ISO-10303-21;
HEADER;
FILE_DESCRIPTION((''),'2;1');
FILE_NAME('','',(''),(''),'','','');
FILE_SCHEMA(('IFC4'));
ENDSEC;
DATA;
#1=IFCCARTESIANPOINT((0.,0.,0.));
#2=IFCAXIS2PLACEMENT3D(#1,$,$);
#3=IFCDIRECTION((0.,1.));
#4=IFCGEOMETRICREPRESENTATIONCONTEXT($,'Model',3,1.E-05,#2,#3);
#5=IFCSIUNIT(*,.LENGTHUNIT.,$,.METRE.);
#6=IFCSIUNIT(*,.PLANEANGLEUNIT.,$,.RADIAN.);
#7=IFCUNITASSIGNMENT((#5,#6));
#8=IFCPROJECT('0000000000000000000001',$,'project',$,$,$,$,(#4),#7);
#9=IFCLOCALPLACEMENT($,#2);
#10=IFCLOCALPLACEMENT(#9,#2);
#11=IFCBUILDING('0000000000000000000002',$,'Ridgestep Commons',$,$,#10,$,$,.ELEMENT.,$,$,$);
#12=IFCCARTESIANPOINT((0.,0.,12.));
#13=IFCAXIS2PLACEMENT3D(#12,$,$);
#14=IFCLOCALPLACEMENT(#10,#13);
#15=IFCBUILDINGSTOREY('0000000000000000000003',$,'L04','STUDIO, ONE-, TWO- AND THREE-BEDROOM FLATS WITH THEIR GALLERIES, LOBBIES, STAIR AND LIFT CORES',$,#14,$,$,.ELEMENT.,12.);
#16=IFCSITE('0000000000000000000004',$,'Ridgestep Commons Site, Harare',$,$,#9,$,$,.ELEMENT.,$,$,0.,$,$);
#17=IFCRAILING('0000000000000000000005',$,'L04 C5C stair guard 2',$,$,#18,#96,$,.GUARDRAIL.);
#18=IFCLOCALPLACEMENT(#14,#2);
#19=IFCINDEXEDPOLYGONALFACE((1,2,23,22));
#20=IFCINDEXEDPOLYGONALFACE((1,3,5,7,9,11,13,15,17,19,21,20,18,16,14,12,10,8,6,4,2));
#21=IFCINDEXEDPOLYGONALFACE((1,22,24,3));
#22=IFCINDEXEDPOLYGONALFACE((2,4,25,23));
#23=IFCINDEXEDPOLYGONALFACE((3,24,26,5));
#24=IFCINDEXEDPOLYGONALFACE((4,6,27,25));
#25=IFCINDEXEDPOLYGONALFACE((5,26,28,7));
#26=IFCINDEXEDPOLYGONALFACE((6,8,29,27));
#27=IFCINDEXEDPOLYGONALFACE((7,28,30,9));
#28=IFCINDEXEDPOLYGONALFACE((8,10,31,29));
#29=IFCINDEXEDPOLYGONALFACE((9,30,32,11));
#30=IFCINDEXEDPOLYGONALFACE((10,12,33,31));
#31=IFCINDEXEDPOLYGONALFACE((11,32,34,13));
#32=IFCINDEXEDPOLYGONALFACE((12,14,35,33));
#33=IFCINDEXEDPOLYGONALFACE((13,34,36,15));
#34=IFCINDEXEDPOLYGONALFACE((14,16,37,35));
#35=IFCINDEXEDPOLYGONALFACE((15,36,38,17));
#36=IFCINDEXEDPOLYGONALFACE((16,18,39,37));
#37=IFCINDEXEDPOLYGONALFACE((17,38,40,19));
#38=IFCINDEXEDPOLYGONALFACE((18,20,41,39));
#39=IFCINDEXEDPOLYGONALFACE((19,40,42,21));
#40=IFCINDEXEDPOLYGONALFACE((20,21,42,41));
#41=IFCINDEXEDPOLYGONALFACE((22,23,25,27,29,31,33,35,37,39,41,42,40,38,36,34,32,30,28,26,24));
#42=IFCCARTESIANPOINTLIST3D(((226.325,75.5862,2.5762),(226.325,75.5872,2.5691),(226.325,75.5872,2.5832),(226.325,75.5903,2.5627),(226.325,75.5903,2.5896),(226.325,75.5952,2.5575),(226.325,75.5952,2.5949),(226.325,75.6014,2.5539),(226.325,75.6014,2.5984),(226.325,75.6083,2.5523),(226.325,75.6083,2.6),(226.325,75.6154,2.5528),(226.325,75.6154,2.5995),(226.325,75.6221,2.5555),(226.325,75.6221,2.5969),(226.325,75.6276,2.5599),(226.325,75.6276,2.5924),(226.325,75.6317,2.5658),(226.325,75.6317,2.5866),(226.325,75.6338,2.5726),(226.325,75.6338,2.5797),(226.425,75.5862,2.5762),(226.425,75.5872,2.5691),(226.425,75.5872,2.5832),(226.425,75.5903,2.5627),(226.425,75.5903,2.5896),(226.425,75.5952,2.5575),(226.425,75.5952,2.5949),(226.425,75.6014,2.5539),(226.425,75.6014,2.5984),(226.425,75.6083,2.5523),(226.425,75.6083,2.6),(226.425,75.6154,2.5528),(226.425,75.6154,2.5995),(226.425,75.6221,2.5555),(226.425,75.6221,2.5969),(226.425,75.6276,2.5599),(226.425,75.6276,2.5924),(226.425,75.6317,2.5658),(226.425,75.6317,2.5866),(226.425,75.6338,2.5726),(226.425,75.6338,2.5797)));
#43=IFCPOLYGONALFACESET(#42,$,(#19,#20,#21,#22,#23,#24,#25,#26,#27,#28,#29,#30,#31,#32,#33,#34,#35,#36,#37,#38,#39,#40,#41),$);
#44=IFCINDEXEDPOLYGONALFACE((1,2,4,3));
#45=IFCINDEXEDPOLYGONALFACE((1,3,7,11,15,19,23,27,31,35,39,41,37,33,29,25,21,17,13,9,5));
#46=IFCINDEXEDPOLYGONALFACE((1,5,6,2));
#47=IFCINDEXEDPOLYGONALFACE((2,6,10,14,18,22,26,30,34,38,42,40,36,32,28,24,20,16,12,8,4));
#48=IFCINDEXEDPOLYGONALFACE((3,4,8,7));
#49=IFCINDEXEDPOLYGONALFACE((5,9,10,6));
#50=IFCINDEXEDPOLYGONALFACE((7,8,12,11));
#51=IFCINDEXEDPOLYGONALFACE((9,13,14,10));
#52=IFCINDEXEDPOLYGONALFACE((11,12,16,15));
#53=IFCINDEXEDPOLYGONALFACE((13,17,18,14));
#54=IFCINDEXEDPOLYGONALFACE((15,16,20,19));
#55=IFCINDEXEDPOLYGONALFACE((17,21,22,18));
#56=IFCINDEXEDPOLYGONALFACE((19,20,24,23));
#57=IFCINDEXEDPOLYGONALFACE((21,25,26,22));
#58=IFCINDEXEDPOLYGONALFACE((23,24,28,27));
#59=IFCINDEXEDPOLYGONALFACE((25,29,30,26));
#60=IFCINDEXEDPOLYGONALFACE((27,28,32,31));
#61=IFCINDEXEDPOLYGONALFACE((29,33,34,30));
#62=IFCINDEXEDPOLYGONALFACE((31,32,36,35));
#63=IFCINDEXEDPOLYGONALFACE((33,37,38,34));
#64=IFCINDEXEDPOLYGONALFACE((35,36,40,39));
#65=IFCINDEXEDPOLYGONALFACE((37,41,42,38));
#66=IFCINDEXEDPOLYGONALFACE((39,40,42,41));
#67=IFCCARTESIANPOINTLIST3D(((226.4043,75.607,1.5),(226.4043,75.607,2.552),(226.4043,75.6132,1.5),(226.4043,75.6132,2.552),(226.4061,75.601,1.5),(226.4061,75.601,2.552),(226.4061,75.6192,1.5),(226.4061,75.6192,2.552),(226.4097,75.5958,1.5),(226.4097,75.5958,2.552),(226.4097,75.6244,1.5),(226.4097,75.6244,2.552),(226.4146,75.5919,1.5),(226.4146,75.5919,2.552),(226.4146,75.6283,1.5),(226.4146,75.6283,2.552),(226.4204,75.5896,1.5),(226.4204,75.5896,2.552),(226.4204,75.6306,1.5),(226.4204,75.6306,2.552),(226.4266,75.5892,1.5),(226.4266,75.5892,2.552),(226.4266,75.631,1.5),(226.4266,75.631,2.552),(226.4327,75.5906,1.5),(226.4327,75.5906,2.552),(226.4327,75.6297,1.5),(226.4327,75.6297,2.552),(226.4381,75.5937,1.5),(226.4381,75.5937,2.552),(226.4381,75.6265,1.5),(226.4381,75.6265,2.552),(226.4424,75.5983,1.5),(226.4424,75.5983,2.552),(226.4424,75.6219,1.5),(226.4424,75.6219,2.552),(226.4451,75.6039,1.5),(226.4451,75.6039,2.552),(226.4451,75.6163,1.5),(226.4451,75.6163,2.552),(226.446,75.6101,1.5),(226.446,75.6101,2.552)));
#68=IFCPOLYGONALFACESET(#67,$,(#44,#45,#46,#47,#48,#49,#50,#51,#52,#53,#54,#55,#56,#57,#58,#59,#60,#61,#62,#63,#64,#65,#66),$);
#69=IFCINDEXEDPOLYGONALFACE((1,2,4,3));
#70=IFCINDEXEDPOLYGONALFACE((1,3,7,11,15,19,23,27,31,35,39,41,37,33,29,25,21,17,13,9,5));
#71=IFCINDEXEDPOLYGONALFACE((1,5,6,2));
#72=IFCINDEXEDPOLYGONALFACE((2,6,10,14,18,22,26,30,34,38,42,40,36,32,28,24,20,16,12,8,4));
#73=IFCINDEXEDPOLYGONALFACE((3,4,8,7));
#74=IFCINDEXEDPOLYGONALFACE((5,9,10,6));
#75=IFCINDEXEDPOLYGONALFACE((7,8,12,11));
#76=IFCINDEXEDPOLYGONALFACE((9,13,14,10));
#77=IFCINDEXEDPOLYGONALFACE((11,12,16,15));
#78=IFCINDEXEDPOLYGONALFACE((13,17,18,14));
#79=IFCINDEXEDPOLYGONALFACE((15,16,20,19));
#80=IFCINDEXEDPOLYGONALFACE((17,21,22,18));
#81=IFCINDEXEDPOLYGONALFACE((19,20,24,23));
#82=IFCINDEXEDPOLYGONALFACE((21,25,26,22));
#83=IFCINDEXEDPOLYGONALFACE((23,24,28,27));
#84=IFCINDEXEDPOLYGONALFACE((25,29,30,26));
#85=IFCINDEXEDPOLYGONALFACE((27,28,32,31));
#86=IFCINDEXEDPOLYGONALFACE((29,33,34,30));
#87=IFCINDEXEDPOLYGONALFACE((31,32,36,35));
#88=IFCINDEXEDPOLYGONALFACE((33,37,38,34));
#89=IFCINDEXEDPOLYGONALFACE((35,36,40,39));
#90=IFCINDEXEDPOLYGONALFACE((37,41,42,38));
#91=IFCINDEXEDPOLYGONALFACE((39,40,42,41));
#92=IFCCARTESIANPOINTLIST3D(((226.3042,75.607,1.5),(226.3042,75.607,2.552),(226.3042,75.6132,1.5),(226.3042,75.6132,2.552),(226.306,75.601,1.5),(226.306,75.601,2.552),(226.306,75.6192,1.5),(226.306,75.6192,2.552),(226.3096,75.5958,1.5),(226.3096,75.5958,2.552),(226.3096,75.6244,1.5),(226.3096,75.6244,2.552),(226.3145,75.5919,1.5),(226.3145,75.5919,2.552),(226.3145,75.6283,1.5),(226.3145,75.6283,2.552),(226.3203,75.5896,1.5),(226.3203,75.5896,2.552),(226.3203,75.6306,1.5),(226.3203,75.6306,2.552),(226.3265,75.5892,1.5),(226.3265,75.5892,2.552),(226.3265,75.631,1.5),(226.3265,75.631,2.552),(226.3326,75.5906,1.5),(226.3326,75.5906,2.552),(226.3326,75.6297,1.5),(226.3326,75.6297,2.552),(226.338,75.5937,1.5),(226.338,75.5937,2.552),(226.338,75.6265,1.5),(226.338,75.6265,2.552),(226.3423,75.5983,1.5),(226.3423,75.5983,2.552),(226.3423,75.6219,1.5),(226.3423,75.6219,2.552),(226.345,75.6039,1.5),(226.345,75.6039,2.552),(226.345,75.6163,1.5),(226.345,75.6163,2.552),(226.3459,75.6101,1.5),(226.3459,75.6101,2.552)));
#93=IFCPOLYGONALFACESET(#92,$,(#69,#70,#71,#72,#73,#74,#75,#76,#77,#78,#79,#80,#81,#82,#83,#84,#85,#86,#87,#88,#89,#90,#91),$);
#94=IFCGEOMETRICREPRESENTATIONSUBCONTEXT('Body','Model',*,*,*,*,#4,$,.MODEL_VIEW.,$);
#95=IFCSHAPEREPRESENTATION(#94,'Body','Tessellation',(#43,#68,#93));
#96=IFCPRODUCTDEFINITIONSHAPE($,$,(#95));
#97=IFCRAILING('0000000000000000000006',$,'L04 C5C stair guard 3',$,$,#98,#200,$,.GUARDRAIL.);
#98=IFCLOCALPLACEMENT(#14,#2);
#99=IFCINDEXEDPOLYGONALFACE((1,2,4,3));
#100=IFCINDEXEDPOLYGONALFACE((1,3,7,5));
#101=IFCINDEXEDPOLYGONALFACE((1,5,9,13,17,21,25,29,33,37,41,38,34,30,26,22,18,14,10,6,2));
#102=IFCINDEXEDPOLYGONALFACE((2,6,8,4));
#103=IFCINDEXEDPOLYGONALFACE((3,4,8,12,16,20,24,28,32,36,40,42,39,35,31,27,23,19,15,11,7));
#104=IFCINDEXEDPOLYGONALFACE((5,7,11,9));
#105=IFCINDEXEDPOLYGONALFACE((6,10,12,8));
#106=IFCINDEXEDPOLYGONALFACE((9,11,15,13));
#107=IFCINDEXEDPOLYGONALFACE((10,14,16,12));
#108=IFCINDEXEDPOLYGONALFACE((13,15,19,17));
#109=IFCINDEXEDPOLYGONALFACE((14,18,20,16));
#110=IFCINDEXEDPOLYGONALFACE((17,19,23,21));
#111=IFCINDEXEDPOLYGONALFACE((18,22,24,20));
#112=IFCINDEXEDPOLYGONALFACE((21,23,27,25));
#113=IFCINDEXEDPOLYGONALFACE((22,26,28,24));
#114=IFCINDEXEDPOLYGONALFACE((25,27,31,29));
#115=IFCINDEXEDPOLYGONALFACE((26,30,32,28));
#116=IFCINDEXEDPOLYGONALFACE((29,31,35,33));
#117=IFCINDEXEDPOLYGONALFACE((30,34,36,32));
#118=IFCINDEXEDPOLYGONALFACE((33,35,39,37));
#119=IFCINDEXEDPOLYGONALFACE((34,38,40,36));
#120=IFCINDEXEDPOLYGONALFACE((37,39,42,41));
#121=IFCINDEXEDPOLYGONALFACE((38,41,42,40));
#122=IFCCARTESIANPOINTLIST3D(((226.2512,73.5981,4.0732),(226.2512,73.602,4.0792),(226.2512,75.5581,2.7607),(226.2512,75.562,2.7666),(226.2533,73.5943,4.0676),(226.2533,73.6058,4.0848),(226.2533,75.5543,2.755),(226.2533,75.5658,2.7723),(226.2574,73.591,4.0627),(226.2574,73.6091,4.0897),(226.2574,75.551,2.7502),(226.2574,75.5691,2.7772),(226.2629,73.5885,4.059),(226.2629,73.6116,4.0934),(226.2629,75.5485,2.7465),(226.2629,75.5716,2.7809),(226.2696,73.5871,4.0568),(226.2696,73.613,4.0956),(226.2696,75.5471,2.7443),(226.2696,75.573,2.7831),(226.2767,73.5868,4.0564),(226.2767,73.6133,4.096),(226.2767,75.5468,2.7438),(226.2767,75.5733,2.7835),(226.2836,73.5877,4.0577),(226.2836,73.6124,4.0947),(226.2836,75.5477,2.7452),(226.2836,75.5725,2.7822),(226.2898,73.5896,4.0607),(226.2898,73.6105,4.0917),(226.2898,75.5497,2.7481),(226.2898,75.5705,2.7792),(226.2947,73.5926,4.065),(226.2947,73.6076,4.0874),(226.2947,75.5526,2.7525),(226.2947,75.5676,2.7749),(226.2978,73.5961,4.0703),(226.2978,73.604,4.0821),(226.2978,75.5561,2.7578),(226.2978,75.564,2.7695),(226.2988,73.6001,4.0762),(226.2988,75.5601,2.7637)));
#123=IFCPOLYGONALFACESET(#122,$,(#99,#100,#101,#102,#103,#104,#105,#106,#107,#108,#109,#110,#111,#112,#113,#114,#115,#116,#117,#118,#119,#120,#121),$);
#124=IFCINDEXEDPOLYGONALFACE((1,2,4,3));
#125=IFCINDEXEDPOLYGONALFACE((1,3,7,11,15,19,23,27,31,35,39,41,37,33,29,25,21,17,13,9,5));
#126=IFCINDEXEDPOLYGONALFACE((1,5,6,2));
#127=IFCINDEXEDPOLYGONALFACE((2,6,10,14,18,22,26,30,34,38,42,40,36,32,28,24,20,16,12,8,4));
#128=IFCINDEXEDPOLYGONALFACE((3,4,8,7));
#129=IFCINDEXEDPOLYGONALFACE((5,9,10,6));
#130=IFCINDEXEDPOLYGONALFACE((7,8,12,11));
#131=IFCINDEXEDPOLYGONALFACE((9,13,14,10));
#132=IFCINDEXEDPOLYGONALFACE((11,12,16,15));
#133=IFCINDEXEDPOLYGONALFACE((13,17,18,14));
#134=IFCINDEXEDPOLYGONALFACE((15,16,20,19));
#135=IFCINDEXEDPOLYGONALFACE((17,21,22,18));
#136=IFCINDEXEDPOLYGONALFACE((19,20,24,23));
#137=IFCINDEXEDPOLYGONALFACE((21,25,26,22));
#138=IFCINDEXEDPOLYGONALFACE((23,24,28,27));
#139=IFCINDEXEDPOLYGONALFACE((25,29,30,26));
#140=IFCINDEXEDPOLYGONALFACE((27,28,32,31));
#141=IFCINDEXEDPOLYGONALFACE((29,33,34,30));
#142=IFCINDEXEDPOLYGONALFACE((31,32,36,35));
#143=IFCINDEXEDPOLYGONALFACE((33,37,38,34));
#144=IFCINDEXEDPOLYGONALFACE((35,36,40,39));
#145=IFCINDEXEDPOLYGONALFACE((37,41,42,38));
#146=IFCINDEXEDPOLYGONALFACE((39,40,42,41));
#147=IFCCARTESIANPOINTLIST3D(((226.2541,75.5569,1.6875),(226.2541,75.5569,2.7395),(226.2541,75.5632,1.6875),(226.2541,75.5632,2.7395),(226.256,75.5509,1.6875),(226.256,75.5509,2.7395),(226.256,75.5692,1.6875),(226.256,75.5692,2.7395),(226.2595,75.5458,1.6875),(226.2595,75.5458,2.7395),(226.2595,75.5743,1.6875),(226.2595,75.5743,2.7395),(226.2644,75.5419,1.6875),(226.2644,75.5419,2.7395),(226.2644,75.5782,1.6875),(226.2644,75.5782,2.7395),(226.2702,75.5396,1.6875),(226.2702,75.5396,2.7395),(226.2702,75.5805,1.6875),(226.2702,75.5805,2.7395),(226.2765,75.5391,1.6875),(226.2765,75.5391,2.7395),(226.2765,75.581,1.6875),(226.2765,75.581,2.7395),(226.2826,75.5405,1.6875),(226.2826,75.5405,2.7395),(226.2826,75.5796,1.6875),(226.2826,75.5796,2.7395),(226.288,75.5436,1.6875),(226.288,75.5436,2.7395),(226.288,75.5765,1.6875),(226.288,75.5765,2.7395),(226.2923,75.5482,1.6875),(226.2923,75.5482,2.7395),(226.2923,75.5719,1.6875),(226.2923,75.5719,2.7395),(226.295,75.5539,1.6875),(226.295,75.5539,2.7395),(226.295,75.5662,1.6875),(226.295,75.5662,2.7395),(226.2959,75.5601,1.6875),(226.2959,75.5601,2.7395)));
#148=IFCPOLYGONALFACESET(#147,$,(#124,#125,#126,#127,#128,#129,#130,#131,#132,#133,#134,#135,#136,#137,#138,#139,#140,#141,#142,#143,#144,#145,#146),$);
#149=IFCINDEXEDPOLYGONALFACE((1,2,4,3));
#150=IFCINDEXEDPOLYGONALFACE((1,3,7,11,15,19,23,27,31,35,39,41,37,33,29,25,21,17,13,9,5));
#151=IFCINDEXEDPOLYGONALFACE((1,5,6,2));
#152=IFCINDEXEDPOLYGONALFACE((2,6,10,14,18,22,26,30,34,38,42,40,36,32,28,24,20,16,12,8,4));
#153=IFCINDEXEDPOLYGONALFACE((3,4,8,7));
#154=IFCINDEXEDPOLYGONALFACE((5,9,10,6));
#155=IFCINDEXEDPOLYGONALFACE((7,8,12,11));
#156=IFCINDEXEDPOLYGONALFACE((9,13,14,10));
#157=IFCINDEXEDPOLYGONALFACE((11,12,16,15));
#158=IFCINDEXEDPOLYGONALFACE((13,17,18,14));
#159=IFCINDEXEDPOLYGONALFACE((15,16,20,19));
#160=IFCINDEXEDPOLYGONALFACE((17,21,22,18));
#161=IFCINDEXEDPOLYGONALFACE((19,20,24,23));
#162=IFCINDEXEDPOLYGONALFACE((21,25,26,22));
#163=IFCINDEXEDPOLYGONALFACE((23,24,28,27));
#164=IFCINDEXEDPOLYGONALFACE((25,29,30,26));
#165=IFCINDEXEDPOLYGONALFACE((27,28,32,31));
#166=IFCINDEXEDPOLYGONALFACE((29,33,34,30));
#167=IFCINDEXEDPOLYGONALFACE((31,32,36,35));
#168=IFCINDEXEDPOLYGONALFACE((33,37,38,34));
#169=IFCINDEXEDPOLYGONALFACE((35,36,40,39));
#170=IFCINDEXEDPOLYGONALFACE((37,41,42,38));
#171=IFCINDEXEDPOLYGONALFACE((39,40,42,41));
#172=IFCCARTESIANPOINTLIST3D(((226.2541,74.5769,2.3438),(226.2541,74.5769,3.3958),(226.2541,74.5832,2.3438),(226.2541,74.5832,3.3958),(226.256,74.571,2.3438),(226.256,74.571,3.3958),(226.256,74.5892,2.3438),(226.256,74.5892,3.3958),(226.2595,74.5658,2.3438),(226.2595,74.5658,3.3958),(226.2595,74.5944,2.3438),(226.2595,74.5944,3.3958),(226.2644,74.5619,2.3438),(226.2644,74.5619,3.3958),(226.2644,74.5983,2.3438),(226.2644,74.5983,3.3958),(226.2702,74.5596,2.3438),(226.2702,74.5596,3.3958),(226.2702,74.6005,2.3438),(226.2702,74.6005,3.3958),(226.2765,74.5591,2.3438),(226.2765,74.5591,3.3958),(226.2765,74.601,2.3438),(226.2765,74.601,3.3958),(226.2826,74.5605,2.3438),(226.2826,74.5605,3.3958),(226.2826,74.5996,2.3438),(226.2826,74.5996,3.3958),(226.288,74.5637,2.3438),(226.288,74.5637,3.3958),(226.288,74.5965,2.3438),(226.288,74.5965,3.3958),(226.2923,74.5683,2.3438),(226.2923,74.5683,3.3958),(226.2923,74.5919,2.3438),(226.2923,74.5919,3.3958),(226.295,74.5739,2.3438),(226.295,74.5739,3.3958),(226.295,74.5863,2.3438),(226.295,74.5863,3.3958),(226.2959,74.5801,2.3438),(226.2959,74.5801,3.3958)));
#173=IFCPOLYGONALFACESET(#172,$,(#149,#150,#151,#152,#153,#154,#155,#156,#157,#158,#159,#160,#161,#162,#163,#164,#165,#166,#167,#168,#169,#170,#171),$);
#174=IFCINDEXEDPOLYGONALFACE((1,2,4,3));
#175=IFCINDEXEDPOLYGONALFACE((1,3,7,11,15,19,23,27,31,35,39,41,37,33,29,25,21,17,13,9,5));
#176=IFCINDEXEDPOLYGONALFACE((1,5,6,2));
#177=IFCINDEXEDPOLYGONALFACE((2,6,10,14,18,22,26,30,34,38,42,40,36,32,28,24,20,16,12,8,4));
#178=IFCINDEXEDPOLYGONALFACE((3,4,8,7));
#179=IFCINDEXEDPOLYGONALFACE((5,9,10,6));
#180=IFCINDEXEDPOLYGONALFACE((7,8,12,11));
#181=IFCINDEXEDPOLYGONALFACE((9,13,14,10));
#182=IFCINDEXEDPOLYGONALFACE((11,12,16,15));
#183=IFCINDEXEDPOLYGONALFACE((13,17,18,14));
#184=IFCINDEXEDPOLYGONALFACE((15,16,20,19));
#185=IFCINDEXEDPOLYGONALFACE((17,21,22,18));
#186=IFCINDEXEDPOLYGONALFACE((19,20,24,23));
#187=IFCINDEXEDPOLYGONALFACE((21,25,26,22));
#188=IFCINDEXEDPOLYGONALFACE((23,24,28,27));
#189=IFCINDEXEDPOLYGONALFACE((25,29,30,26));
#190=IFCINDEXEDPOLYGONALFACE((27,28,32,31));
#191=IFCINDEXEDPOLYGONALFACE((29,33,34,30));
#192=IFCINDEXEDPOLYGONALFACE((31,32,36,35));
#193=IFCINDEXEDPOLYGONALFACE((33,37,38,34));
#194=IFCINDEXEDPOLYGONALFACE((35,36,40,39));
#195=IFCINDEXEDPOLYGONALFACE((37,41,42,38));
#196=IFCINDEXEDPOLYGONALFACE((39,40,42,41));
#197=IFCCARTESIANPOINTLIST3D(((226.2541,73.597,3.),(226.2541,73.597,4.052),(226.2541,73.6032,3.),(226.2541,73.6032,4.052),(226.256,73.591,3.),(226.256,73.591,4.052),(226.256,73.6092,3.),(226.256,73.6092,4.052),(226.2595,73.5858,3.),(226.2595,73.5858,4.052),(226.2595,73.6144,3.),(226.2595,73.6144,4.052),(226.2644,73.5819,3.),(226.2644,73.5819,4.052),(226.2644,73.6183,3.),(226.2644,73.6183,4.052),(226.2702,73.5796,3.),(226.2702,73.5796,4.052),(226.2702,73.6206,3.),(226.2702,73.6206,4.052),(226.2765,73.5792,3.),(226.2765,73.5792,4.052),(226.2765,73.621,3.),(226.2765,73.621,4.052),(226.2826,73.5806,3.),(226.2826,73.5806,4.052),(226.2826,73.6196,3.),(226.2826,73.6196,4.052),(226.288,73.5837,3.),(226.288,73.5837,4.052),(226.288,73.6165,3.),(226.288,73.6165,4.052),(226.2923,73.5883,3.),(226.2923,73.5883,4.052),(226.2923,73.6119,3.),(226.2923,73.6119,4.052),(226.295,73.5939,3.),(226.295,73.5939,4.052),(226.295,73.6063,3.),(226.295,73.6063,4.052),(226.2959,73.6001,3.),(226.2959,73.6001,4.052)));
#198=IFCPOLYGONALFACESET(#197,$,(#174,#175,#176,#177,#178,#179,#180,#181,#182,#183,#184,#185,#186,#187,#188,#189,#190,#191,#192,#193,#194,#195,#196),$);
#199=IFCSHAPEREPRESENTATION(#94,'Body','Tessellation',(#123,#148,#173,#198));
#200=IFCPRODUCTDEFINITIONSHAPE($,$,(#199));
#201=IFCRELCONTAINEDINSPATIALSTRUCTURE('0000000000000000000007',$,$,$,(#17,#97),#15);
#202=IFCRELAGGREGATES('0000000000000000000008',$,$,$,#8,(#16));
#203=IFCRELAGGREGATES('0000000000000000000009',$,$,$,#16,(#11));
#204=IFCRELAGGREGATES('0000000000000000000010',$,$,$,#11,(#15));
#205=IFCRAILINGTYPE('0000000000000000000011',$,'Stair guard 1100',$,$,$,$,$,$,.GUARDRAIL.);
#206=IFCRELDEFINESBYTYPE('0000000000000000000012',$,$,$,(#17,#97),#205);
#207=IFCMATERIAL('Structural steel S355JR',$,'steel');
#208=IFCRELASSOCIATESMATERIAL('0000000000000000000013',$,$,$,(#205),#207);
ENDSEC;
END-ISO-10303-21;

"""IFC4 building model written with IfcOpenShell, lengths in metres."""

from ifc_helpers import new_model, si_unit, direction, frame, origin, origin_2d, place, context, subcontext, project, spatial, circle, extrude, material, type_object, element, save


model = new_model("IFC4")

# Units and contexts
model_context = context("Model", 3, precision=1e-05, world=origin(), true_north=direction((0.0, 1.0)))
body_context = subcontext(model_context, "Body", "Model", "MODEL_VIEW")
ifc_project = project(units=[si_unit("LENGTHUNIT", "METRE"), si_unit("PLANEANGLEUNIT", "RADIAN")], contexts=[model_context])

# Site, building, storey
site_placement = place(None, origin())
site = spatial("IfcSite", under=ifc_project, at=site_placement, Name="Ridgestep Commons Site, Harare", CompositionType="ELEMENT", RefElevation=0.0)
building_placement = place(site_placement, origin())
building = spatial("IfcBuilding", under=site, at=building_placement, Name="Ridgestep Commons", CompositionType="ELEMENT")
storey_placement = place(building_placement, frame((0.0, 0.0, 12.0)))
storey = spatial("IfcBuildingStorey", under=building, at=storey_placement, Name="L04", Description="STUDIO, ONE-, TWO- AND THREE-BEDROOM FLATS WITH THEIR GALLERIES, LOBBIES, STAIR AND LIFT CORES", CompositionType="ELEMENT", Elevation=12.0)

# Railings
ifc_material_1 = material(Name="Structural steel S355JR", Category="steel")
railing_type_1 = type_object("IfcRailingType", Name="Stair guard 1100", PredefinedType="GUARDRAIL", material=ifc_material_1)
railing_1_placement = place(storey_placement, frame((226.425, 75.6101, 1.5)))
element("IfcRailing", 1, at=railing_1_placement, inside=storey, type_object=railing_type_1, Name="L04 C5C stair guard 2", PredefinedType="GUARDRAIL", context=body_context, shape_type="SweptSolid", body=[
    extrude(circle(Radius=0.0239, at=origin_2d()), frame((0.0, 0.0, 1.0762), z_axis=(-1.0, 0.0, 0.0), x_axis=(0.0, -1.0, 0.0)), (0.0, 0.0, 1.0), 0.1001),
    extrude(circle(Radius=0.021, at=origin_2d()), origin(), (0.0, 0.0, 1.0), 1.052),
    extrude(circle(Radius=0.021, at=origin_2d()), frame((-0.1001, 0.0, 0.0)), (0.0, 0.0, 1.0), 1.052),
])
railing_2_placement = place(storey_placement, frame((226.2749, 75.5601, 1.6875)))
element("IfcRailing", 2, at=railing_2_placement, inside=storey, type_object=railing_type_1, Name="L04 C5C stair guard 3", PredefinedType="GUARDRAIL", context=body_context, shape_type="SweptSolid", body=[
    extrude(circle(Radius=0.0239, at=origin_2d()), frame((0.0, 0.0, 1.0762), z_axis=(0.0, -0.830902, 0.556419), x_axis=(1.0, 0.0, 0.0)), (0.0, 0.0, 1.0), 2.3589),
    extrude(circle(Radius=0.021, at=origin_2d()), origin(), (0.0, 0.0, 1.0), 1.052),
    extrude(circle(Radius=0.021, at=origin_2d()), frame((0.0, -0.98, 0.6562)), (0.0, 0.0, 1.0), 1.052),
    extrude(circle(Radius=0.021, at=origin_2d()), frame((0.0, -1.96, 1.3125)), (0.0, 0.0, 1.0), 1.052),
])

save(model, "model.ifc")
